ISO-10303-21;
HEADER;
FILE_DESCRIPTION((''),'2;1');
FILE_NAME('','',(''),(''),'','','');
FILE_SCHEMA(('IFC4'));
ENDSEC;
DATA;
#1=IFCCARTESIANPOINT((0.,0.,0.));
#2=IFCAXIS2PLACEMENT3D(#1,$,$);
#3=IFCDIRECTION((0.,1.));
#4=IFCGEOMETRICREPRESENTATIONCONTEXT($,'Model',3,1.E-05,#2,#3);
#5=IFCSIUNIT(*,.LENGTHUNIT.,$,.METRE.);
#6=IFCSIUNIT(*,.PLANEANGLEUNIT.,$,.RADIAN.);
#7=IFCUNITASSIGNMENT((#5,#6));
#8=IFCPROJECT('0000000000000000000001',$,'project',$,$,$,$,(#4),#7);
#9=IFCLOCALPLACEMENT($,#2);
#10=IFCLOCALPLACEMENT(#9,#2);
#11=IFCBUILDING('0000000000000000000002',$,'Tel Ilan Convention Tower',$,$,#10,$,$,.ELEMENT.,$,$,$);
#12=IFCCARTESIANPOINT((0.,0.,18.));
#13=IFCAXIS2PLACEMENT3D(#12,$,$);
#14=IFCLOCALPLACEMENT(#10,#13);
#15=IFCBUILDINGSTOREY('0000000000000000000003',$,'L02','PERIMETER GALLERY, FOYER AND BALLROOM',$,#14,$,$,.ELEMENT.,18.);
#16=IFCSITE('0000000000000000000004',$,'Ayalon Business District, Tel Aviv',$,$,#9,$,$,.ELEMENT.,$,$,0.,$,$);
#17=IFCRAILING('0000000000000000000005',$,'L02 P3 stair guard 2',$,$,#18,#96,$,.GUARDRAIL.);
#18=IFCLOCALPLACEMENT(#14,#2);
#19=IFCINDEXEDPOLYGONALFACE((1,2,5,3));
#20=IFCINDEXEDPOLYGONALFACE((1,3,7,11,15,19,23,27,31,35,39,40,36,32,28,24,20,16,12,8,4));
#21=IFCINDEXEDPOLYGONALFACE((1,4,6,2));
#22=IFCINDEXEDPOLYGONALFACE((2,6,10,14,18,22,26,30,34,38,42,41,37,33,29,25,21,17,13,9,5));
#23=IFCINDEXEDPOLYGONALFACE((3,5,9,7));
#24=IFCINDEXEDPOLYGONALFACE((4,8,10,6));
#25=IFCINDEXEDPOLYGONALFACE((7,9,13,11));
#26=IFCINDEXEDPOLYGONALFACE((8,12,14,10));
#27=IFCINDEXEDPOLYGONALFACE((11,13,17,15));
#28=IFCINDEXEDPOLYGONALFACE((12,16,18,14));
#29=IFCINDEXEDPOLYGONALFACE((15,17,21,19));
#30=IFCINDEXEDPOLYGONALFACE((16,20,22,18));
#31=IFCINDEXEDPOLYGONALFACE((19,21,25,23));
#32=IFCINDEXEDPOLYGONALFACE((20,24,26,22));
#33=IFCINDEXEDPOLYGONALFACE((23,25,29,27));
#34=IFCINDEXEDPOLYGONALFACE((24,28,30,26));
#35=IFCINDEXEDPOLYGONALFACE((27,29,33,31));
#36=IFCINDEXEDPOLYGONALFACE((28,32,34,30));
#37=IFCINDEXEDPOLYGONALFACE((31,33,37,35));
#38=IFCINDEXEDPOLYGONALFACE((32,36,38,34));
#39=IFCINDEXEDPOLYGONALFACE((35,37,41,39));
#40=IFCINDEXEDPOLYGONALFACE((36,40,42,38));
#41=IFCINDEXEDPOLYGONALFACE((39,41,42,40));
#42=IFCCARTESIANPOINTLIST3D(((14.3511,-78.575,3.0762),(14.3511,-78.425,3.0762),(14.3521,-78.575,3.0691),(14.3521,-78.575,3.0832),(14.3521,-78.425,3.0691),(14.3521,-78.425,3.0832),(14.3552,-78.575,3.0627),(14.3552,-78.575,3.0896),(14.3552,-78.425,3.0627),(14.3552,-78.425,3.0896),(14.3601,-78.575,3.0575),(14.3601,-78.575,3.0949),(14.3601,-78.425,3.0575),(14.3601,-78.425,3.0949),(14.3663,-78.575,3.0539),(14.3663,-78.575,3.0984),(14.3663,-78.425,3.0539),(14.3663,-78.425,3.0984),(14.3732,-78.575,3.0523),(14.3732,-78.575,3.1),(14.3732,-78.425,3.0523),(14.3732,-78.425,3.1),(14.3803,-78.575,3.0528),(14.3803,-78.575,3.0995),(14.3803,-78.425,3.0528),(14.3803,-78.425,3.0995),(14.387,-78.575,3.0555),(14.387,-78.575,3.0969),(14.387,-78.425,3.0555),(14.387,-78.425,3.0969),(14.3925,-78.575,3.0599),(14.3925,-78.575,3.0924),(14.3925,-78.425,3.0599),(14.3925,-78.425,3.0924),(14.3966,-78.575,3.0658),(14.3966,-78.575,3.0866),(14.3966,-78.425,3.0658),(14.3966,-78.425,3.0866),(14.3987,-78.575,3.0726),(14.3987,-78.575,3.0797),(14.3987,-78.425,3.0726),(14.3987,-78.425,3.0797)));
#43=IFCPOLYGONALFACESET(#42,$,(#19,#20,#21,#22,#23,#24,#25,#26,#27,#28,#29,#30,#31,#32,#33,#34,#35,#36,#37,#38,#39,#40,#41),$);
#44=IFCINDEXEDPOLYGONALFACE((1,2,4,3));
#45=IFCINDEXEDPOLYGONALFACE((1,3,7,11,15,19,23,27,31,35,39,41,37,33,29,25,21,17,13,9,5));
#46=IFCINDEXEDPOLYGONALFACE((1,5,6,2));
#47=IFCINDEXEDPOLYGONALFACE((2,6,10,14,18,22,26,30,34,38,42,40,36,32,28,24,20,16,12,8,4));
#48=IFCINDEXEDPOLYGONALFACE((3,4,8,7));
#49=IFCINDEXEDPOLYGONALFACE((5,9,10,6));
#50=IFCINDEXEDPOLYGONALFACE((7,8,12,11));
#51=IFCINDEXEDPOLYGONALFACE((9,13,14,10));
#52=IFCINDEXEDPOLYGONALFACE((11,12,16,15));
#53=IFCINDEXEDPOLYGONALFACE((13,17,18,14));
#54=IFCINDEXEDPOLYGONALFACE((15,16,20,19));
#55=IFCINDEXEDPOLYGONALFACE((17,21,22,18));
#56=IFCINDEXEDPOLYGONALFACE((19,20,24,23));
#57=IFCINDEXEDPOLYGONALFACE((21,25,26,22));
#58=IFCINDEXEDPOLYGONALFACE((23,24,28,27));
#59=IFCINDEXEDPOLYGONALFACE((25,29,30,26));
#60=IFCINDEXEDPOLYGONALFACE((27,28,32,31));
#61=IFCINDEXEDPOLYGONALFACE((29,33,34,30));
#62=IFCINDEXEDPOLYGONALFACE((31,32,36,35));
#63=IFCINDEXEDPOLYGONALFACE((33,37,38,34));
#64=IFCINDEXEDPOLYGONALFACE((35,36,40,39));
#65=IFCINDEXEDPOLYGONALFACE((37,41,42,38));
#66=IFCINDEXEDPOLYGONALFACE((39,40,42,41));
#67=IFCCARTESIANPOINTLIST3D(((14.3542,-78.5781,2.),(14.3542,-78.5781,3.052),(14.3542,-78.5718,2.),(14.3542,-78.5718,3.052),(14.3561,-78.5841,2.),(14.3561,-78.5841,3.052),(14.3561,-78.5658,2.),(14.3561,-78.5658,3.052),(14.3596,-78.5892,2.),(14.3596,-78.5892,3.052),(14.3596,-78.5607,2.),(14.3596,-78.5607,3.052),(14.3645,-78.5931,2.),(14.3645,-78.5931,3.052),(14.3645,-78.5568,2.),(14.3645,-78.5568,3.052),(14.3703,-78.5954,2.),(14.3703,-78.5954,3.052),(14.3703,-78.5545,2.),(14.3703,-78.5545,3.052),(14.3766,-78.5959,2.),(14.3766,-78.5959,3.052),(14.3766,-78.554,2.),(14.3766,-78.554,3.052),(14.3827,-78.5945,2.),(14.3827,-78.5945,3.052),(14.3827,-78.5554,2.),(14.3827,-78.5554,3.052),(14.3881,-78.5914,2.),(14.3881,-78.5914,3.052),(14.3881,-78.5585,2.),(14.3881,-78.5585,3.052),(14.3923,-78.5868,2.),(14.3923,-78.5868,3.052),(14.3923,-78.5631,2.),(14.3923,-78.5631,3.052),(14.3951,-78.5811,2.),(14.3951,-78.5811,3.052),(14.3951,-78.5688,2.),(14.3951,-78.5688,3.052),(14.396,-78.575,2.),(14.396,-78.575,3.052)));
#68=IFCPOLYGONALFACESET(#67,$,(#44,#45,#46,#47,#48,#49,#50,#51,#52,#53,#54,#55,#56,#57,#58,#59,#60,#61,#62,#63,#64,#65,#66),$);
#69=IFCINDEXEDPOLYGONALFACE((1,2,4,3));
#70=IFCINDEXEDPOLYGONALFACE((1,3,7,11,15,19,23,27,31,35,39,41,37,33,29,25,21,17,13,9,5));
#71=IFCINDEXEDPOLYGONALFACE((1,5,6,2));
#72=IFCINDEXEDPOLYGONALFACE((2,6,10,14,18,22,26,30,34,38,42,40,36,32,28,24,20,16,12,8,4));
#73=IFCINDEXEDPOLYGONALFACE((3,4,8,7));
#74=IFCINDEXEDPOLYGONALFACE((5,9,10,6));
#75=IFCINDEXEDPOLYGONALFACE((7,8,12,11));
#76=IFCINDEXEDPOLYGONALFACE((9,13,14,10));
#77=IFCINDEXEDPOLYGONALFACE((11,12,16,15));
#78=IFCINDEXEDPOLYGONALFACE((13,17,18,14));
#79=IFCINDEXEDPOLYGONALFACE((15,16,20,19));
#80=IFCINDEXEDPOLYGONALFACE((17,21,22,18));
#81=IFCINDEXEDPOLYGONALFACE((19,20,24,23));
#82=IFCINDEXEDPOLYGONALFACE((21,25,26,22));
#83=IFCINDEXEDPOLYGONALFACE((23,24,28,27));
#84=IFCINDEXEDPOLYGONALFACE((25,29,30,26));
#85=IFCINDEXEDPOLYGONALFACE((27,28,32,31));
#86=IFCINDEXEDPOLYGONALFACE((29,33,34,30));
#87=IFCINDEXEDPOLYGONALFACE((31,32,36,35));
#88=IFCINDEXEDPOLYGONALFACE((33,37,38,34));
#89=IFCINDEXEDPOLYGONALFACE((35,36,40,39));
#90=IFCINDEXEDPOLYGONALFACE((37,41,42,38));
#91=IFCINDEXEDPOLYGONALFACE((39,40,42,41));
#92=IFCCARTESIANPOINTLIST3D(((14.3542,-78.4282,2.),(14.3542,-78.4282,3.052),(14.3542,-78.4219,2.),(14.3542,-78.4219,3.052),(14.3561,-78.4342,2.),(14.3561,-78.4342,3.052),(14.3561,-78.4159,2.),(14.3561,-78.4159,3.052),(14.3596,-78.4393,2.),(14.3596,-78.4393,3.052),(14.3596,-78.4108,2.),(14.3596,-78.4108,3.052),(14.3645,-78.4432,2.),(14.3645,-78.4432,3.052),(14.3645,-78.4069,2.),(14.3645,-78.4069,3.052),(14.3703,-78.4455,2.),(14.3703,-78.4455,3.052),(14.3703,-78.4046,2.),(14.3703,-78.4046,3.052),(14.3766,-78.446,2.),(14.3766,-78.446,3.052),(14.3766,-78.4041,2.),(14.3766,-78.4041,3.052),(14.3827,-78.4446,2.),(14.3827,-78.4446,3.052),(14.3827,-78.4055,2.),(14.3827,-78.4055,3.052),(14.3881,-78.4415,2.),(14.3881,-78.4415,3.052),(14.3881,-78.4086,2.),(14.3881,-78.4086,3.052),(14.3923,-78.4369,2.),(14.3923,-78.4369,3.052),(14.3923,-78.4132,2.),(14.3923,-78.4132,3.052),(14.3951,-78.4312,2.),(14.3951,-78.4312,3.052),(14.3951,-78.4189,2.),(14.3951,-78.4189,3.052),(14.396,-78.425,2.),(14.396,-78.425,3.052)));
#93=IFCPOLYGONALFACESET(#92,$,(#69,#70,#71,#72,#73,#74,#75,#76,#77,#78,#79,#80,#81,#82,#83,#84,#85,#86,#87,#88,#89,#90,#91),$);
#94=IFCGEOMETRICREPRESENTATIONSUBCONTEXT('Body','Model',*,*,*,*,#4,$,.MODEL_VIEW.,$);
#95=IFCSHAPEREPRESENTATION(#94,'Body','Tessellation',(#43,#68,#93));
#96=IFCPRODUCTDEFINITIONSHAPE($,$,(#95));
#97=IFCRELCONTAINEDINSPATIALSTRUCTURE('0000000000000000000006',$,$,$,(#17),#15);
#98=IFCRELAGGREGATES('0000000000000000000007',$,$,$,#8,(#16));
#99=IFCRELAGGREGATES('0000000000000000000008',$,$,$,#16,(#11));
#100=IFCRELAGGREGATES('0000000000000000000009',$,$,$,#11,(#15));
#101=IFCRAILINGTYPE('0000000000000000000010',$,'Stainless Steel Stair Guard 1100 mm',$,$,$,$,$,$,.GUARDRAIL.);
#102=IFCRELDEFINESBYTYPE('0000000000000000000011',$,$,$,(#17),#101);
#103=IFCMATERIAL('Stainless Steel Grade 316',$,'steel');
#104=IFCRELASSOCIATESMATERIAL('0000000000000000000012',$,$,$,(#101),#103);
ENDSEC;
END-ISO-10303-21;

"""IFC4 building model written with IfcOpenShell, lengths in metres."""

from ifc_helpers import new_model, si_unit, direction, frame, origin, origin_2d, place, context, subcontext, project, spatial, circle, extrude, material, type_object, element, save


model = new_model("IFC4")

# Units and contexts
model_context = context("Model", 3, precision=1e-05, world=origin(), true_north=direction((0.0, 1.0)))
body_context = subcontext(model_context, "Body", "Model", "MODEL_VIEW")
ifc_project = project(units=[si_unit("LENGTHUNIT", "METRE"), si_unit("PLANEANGLEUNIT", "RADIAN")], contexts=[model_context])

# Site, building, storey
site_placement = place(None, origin())
site = spatial("IfcSite", under=ifc_project, at=site_placement, Name="Ayalon Business District, Tel Aviv", CompositionType="ELEMENT", RefElevation=0.0)
building_placement = place(site_placement, origin())
building = spatial("IfcBuilding", under=site, at=building_placement, Name="Tel Ilan Convention Tower", CompositionType="ELEMENT")
storey_placement = place(building_placement, frame((0.0, 0.0, 18.0)))
storey = spatial("IfcBuildingStorey", under=building, at=storey_placement, Name="L02", Description="PERIMETER GALLERY, FOYER AND BALLROOM", CompositionType="ELEMENT", Elevation=18.0)

# Railing
ifc_material_1 = material(Name="Stainless Steel Grade 316", Category="steel")
railing_type_1 = type_object("IfcRailingType", Name="Stainless Steel Stair Guard 1100 mm", PredefinedType="GUARDRAIL", material=ifc_material_1)
railing_1_placement = place(storey_placement, frame((14.375, -78.575, 2.0)))
element("IfcRailing", 1, at=railing_1_placement, inside=storey, type_object=railing_type_1, Name="L02 P3 stair guard 2", PredefinedType="GUARDRAIL", context=body_context, shape_type="SweptSolid", body=[
    extrude(circle(Radius=0.0239, at=origin_2d()), frame((0.0, 0.0, 1.0762), z_axis=(0.0, 1.0, 0.0), x_axis=(-1.0, 0.0, 0.0)), (0.0, 0.0, 1.0), 0.1499),
    extrude(circle(Radius=0.021, at=origin_2d()), origin(), (0.0, 0.0, 1.0), 1.052),
    extrude(circle(Radius=0.021, at=origin_2d()), frame((0.0, 0.1499, 0.0)), (0.0, 0.0, 1.0), 1.052),
])

save(model, "model.ifc")
